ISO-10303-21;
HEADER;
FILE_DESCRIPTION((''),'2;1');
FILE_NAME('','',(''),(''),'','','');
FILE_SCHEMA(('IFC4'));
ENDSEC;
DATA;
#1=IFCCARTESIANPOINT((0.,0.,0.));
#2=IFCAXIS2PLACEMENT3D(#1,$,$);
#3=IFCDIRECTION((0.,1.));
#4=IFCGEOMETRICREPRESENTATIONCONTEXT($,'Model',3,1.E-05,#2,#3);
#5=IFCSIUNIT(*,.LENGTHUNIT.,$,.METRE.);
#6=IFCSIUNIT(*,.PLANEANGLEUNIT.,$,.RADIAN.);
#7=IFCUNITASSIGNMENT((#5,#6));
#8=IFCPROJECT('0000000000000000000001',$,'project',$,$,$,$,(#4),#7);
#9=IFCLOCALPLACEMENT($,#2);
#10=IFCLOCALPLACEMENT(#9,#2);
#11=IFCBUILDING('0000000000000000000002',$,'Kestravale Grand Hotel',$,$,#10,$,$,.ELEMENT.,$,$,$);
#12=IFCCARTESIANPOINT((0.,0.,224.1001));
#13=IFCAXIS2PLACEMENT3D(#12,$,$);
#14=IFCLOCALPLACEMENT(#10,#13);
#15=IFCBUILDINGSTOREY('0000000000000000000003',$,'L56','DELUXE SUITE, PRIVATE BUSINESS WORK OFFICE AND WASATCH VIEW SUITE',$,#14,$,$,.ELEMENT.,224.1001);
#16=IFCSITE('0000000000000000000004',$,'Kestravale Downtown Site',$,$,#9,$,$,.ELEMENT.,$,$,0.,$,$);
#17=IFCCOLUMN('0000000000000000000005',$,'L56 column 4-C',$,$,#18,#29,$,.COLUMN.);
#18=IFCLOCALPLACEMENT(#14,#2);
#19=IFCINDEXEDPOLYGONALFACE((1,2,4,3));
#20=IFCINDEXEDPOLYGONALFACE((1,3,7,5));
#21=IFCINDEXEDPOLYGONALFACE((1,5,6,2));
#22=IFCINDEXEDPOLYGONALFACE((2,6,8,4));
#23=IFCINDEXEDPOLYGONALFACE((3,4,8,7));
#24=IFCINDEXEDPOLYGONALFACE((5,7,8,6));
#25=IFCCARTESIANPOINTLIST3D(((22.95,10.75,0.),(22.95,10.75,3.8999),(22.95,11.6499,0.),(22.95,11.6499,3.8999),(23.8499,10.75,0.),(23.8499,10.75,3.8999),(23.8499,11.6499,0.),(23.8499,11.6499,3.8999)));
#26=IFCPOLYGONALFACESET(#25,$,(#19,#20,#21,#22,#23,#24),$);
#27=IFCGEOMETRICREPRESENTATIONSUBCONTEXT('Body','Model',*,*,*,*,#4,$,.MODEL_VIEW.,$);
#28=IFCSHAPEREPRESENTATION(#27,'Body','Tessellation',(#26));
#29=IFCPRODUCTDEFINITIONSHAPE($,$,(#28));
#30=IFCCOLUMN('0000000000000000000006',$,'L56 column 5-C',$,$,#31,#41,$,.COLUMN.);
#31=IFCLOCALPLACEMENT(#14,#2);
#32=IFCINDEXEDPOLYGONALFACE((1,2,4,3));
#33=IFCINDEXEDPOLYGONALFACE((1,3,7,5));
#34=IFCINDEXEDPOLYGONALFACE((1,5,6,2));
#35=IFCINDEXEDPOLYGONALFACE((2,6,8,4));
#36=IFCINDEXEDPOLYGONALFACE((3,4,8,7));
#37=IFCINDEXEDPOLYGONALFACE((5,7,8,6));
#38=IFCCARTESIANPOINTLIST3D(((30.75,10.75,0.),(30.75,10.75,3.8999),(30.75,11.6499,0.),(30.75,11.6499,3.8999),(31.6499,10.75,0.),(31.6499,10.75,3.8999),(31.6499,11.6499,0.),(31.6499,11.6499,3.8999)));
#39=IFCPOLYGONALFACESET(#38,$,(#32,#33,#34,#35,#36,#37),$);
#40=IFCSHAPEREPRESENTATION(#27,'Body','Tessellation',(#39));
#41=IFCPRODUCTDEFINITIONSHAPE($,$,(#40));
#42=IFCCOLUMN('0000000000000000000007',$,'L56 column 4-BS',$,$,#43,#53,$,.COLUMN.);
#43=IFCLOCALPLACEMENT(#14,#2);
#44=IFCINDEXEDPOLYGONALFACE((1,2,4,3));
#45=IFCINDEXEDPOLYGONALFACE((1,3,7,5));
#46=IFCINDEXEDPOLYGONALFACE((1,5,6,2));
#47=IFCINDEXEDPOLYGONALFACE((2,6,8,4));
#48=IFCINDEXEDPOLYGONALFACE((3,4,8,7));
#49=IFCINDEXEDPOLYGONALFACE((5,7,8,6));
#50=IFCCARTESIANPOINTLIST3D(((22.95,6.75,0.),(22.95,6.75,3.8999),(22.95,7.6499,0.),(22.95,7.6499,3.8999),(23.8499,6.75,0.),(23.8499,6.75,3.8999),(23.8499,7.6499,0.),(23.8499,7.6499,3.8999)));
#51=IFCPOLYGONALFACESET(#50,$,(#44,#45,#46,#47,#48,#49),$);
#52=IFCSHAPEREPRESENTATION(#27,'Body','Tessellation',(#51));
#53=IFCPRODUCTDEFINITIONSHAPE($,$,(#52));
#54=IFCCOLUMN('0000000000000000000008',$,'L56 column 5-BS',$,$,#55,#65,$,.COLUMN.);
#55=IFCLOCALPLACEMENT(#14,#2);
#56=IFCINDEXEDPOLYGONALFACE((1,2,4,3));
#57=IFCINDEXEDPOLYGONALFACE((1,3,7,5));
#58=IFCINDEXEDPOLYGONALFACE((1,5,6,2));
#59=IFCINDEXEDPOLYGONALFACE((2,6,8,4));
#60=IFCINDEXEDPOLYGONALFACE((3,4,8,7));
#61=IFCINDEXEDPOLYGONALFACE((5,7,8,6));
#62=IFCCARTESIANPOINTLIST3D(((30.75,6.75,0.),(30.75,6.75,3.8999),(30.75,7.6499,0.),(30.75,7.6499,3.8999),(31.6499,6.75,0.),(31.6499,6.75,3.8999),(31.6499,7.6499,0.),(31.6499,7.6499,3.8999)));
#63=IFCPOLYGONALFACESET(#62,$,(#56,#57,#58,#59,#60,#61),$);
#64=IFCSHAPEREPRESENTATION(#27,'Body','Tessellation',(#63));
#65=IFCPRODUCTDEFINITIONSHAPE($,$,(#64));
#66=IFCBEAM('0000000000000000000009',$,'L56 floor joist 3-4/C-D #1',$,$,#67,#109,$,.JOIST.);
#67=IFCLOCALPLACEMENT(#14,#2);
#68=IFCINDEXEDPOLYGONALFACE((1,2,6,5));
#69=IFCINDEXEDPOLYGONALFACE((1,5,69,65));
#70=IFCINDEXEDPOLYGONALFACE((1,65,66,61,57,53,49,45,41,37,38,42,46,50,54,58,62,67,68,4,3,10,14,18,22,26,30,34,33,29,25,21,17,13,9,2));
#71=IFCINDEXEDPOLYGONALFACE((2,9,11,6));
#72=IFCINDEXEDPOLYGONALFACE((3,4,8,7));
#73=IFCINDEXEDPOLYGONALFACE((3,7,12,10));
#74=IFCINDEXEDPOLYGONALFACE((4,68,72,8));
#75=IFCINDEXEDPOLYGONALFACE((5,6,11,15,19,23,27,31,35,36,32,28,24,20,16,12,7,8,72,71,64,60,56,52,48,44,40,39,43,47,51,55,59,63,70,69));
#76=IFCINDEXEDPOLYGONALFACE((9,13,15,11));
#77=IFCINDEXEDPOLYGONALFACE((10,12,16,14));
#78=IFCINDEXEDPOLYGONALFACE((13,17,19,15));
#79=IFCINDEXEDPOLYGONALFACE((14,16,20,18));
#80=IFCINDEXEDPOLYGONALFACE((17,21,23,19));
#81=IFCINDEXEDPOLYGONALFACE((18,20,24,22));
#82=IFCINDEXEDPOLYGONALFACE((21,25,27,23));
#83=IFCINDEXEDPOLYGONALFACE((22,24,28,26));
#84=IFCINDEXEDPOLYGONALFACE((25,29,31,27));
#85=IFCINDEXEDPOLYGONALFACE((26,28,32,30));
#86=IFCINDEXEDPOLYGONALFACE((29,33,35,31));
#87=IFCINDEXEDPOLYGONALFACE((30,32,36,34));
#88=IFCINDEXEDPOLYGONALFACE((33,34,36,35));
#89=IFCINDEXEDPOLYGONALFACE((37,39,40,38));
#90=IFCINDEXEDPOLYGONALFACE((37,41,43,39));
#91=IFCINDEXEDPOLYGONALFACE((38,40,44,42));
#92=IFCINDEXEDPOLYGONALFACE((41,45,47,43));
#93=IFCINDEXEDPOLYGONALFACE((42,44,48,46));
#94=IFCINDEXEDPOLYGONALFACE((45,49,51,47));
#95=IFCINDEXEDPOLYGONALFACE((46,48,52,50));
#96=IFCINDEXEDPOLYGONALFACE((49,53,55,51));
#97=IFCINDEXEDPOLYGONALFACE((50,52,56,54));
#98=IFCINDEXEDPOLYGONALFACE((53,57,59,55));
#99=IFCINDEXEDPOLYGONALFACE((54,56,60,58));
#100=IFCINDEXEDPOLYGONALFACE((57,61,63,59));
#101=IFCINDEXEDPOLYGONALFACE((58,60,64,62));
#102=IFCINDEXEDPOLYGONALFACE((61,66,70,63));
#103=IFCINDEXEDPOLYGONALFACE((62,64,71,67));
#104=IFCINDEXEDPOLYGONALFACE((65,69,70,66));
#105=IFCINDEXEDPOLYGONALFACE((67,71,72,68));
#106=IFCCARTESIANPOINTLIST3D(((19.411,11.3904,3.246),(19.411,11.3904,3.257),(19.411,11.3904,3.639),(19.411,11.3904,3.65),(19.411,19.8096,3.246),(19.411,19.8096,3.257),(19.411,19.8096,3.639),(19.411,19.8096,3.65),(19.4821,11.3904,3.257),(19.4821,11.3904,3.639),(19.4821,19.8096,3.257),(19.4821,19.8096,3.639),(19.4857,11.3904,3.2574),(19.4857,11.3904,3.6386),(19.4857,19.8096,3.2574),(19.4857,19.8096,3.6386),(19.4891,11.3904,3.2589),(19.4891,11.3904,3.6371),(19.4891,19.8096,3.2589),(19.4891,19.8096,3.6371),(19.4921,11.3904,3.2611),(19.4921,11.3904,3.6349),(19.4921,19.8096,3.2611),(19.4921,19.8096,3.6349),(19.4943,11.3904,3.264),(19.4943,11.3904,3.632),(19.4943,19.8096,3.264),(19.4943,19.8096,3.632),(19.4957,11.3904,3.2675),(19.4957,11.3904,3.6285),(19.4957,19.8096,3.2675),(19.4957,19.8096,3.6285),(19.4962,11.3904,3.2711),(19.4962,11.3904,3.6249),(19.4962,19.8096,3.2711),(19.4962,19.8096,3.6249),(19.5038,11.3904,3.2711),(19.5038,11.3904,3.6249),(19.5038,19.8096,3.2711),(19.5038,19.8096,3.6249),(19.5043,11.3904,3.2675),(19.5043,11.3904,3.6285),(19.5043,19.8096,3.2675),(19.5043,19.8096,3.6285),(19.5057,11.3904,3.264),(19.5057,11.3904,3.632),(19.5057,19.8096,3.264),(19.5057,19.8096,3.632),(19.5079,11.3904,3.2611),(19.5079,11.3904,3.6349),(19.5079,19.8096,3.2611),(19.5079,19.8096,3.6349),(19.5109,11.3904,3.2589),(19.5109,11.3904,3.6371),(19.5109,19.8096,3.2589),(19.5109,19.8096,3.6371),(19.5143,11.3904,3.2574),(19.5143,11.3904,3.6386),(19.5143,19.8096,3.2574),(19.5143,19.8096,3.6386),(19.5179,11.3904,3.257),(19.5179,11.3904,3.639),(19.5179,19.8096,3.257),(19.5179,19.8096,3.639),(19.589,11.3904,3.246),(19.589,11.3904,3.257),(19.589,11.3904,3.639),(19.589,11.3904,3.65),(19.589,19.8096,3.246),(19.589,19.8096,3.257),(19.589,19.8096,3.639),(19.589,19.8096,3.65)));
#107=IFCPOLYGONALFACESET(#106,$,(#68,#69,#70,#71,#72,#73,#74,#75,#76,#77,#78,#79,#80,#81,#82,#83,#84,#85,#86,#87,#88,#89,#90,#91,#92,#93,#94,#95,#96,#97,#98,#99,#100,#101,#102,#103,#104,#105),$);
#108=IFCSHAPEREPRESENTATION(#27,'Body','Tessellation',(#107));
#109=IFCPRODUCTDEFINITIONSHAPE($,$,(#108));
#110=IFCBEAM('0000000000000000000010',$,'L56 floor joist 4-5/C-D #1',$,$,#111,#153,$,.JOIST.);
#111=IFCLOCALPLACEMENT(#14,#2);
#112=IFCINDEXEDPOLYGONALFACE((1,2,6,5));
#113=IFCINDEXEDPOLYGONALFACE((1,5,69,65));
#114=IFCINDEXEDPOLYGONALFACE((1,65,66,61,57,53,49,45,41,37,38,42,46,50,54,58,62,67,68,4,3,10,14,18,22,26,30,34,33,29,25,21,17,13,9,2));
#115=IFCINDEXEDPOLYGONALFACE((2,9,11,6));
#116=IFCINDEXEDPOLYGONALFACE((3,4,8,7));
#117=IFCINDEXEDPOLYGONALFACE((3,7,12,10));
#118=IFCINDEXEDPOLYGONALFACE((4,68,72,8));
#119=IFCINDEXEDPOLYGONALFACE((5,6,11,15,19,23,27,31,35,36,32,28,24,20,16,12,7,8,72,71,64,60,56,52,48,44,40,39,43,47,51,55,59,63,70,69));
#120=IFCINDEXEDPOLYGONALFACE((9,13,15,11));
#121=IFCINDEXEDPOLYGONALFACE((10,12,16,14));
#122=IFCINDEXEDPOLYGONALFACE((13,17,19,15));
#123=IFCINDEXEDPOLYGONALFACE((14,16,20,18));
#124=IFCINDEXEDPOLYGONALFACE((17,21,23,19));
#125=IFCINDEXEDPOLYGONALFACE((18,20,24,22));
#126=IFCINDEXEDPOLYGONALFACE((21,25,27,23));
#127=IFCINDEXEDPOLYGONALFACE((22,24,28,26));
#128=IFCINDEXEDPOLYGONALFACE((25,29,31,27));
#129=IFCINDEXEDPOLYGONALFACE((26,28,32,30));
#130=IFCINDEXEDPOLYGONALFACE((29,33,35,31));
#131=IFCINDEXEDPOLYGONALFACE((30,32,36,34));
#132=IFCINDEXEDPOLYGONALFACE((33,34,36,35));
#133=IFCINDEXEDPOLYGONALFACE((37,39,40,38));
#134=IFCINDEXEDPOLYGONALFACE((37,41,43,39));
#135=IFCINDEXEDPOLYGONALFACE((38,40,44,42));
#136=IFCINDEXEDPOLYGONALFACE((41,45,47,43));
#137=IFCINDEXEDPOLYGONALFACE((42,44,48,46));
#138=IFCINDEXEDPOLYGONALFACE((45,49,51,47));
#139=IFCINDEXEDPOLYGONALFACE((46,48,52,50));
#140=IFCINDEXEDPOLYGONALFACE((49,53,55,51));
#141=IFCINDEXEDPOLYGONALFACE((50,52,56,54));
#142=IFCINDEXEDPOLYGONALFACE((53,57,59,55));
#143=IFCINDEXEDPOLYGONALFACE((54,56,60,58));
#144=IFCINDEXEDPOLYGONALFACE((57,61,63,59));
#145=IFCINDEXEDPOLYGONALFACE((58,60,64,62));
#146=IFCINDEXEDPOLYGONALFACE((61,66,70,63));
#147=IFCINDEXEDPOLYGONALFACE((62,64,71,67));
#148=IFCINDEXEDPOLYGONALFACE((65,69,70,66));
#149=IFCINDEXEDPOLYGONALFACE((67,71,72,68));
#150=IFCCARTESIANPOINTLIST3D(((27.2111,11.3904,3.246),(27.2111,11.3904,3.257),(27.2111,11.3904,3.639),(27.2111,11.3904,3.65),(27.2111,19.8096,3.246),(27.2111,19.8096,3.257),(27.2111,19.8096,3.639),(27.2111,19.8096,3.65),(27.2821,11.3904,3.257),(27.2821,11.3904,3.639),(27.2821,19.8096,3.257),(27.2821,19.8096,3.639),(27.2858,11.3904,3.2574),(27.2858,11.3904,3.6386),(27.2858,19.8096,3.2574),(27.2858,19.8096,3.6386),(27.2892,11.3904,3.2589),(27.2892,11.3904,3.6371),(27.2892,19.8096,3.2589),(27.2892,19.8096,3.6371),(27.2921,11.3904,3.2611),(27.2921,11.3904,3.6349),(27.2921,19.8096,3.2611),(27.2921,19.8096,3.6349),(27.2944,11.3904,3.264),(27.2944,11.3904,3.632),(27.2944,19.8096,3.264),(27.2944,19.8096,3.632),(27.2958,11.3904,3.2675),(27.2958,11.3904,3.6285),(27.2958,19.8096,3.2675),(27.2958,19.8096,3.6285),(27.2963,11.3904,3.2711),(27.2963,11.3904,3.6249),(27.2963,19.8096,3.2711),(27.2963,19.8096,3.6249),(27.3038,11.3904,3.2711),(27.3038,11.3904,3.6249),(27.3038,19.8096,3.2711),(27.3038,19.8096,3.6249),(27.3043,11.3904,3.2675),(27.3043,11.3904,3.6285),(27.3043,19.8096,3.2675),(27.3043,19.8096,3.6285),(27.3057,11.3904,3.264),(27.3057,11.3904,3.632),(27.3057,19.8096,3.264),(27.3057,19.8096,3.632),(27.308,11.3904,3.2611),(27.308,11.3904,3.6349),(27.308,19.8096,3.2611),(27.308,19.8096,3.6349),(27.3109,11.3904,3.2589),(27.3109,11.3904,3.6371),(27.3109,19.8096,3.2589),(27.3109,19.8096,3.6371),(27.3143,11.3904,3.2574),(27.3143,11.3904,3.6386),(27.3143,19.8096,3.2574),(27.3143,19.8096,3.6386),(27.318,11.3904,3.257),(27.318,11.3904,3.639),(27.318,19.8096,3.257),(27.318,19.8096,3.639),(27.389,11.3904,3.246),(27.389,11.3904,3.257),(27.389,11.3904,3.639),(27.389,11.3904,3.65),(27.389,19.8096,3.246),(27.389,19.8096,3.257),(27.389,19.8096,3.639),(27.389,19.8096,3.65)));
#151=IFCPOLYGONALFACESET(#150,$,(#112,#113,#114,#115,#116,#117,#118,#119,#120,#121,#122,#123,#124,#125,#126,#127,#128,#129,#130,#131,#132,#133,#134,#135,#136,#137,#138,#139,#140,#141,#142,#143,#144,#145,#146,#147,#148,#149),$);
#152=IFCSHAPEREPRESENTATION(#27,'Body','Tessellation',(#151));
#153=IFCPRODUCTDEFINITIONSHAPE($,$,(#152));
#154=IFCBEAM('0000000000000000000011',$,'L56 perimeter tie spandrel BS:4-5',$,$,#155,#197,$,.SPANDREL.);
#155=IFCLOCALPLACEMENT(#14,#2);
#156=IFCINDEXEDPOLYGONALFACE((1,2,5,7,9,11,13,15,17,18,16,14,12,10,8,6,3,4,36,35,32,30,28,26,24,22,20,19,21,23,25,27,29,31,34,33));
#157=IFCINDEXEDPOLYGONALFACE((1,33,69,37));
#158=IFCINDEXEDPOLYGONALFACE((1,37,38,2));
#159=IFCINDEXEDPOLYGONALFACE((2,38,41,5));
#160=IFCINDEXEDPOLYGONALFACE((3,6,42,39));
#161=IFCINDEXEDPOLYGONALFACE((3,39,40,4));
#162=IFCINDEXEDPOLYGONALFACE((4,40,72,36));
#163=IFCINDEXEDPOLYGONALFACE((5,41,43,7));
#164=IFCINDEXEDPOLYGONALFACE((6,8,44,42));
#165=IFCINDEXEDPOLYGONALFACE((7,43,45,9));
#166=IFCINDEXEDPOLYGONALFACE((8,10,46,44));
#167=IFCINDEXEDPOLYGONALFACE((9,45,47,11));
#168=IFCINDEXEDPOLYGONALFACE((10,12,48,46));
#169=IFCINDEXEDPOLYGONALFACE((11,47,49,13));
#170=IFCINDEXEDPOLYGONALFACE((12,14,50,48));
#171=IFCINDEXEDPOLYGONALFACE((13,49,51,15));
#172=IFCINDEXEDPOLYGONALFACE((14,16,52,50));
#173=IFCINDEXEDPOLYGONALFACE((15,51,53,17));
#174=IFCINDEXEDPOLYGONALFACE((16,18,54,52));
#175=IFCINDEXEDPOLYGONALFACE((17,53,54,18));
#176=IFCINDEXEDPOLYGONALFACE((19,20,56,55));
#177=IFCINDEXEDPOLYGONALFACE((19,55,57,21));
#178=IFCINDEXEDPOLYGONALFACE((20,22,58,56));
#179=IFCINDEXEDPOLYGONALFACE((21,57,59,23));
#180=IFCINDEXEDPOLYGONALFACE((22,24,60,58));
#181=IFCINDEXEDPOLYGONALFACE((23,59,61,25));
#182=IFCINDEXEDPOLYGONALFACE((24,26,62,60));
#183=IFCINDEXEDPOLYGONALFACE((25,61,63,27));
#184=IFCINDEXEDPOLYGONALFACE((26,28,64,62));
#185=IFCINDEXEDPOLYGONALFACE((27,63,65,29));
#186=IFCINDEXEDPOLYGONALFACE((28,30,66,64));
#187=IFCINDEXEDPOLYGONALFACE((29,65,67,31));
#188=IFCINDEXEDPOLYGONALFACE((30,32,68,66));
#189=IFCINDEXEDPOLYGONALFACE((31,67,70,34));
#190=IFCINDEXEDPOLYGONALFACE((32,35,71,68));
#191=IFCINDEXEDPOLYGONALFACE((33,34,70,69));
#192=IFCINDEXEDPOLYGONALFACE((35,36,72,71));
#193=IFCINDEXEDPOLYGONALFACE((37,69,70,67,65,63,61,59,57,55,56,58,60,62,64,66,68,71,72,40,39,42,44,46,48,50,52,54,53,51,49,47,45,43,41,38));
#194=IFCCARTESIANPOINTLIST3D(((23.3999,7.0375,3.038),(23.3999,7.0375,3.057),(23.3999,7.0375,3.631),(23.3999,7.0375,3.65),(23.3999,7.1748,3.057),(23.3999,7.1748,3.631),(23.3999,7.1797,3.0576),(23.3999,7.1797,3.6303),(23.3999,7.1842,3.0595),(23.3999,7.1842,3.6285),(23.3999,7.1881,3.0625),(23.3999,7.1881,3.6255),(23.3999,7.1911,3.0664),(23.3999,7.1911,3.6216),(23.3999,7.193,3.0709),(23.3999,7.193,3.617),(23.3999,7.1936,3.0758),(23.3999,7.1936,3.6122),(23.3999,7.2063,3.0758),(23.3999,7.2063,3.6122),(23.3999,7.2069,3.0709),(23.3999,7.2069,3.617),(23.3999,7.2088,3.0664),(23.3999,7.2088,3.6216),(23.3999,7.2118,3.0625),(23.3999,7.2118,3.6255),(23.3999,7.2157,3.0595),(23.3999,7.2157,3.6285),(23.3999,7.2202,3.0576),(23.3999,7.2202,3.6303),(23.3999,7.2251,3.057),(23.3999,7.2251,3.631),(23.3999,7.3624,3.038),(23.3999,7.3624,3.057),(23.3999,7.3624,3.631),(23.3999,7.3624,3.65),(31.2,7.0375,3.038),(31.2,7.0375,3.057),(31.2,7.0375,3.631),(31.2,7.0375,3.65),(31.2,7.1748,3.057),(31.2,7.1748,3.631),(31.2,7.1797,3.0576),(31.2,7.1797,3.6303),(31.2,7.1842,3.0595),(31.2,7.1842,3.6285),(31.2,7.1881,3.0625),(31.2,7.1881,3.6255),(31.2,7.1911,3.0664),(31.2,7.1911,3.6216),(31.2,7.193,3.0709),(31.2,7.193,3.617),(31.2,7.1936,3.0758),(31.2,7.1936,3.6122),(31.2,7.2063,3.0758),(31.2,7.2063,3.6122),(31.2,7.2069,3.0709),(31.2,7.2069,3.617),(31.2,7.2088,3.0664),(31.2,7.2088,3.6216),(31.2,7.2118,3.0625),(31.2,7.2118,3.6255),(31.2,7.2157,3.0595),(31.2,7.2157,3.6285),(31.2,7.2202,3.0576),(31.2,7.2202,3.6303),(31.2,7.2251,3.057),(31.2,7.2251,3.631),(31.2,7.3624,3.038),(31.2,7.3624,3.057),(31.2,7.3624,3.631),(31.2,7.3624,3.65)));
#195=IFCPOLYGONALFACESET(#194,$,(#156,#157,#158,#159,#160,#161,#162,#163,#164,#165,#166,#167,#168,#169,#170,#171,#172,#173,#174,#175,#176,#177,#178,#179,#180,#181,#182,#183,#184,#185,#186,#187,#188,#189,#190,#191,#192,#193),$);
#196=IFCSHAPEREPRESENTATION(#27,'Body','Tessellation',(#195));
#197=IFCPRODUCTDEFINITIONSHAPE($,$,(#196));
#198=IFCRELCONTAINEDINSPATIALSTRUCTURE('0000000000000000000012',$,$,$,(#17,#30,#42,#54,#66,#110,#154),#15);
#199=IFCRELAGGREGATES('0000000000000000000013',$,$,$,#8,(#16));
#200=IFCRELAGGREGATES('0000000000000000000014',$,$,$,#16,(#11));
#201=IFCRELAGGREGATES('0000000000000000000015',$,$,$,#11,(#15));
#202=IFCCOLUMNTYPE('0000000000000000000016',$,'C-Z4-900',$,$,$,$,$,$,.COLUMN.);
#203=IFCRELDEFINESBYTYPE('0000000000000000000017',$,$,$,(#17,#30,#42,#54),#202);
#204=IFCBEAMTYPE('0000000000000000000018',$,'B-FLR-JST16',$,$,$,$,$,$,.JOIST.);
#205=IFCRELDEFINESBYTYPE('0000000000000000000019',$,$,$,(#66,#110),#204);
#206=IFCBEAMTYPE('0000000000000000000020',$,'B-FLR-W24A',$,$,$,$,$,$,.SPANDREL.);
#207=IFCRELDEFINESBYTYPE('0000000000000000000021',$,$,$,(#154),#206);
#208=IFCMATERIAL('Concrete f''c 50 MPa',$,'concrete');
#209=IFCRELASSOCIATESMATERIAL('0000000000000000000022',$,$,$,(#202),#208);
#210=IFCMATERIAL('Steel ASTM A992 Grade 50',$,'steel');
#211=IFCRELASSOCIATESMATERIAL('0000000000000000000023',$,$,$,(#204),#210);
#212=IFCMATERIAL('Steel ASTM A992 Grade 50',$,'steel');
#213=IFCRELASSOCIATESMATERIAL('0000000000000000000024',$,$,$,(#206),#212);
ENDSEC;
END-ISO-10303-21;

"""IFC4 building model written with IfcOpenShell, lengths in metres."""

from ifc_helpers import new_model, si_unit, direction, frame, origin, origin_2d, place, context, subcontext, project, spatial, rectangle, i_section, extrude, material, material_profile, profile_set, type_object, element, save


model = new_model("IFC4")

# Units and contexts
model_context = context("Model", 3, precision=1e-05, world=origin(), true_north=direction((0.0, 1.0)))
body_context = subcontext(model_context, "Body", "Model", "MODEL_VIEW")
ifc_project = project(units=[si_unit("LENGTHUNIT", "METRE"), si_unit("PLANEANGLEUNIT", "RADIAN")], contexts=[model_context])

# Site, building, storey
site_placement = place(None, origin())
site = spatial("IfcSite", under=ifc_project, at=site_placement, Name="Kestravale Downtown Site", CompositionType="ELEMENT", RefElevation=0.0)
building_placement = place(site_placement, origin())
building = spatial("IfcBuilding", under=site, at=building_placement, Name="Kestravale Grand Hotel", CompositionType="ELEMENT")
storey_placement = place(building_placement, frame((0.0, 0.0, 224.1001)))
storey = spatial("IfcBuildingStorey", under=building, at=storey_placement, Name="L56", Description="DELUXE SUITE, PRIVATE BUSINESS WORK OFFICE AND WASATCH VIEW SUITE", CompositionType="ELEMENT", Elevation=224.1001)

# Columns
ifc_material_1 = material(Name="Concrete f'c 50 MPa", Category="concrete")
ifc_material_profile_1 = material_profile(ifc_material_1, rectangle(XDim=0.8999, YDim=0.8999, at=origin_2d()))
ifc_profile_set_1 = profile_set([ifc_material_profile_1], Name="Concrete f'c 50 MPa")
column_type = type_object("IfcColumnType", Name="C-Z4-900", PredefinedType="COLUMN", material=ifc_profile_set_1)
for number, where, z_axis, x_axis, name in (
    (1, (23.3999, 11.2, 0.0), (0.0, 0.0, 1.0), (1.0, 0.0, 0.0), "L56 column 4-C"),
    (2, (31.2, 11.2, 0.0), (0.0, 0.0, 1.0), (1.0, 0.0, 0.0), "L56 column 5-C"),
    (3, (23.3999, 7.2, 0.0), (0.0, 0.0, 1.0), (1.0, 0.0, 0.0), "L56 column 4-BS"),
    (4, (31.2, 7.2, 0.0), (0.0, 0.0, 1.0), (1.0, 0.0, 0.0), "L56 column 5-BS"),
):
    element("IfcColumn", number, at=place(storey_placement, frame(where, z_axis=z_axis, x_axis=x_axis)), inside=storey, type_object=column_type, Name=name, PredefinedType="COLUMN", context=body_context, shape_type="SweptSolid", body=[
        extrude(rectangle(XDim=0.8999, YDim=0.8999, at=origin_2d()), origin(), (0.0, 0.0, 1.0), 3.8999),
    ])

# Beams
ifc_material_2 = material(Name="Steel ASTM A992 Grade 50", Category="steel")
ifc_material_profile_2 = material_profile(ifc_material_2, i_section(OverallWidth=0.178, OverallDepth=0.4041, WebThickness=0.0076, FlangeThickness=0.011, FilletRadius=0.0142, at=origin_2d()))
ifc_profile_set_2 = profile_set([ifc_material_profile_2], Name="Steel ASTM A992 Grade 50")
beam_type_1 = type_object("IfcBeamType", Name="B-FLR-JST16", PredefinedType="JOIST", material=ifc_profile_set_2)
for number, where, z_axis, x_axis, name in (
    (5, (19.5, 11.3904, 3.448), (0.0, 1.0, 0.0), (-1.0, 0.0, 0.0), "L56 floor joist 3-4/C-D #1"),
    (6, (27.3, 11.3904, 3.448), (0.0, 1.0, 0.0), (-1.0, 0.0, 0.0), "L56 floor joist 4-5/C-D #1"),
):
    element("IfcBeam", number, at=place(storey_placement, frame(where, z_axis=z_axis, x_axis=x_axis)), inside=storey, type_object=beam_type_1, Name=name, PredefinedType="JOIST", context=body_context, shape_type="SweptSolid", body=[
        extrude(i_section(OverallWidth=0.178, OverallDepth=0.4041, WebThickness=0.0076, FlangeThickness=0.011, FilletRadius=0.0142, at=origin_2d()), origin(), (0.0, 0.0, 1.0), 8.4192),
    ])
ifc_material_3 = material(Name="Steel ASTM A992 Grade 50", Category="steel")
ifc_material_profile_3 = material_profile(ifc_material_3, i_section(OverallWidth=0.325, OverallDepth=0.6121, WebThickness=0.0127, FlangeThickness=0.019, FilletRadius=0.0188, at=origin_2d()))
ifc_profile_set_3 = profile_set([ifc_material_profile_3], Name="Steel ASTM A992 Grade 50")
beam_type_2 = type_object("IfcBeamType", Name="B-FLR-W24A", PredefinedType="SPANDREL", material=ifc_profile_set_3)
beam_1_placement = place(storey_placement, frame((23.3999, 7.2, 3.344), z_axis=(1.0, 0.0, 0.0), x_axis=(0.0, 1.0, 0.0)))
element("IfcBeam", 7, at=beam_1_placement, inside=storey, type_object=beam_type_2, Name="L56 perimeter tie spandrel BS:4-5", PredefinedType="SPANDREL", context=body_context, shape_type="SweptSolid", body=[
    extrude(i_section(OverallWidth=0.325, OverallDepth=0.6121, WebThickness=0.0127, FlangeThickness=0.019, FilletRadius=0.0188, at=origin_2d()), origin(), (0.0, 0.0, 1.0), 7.8),
])

save(model, "model.ifc")
